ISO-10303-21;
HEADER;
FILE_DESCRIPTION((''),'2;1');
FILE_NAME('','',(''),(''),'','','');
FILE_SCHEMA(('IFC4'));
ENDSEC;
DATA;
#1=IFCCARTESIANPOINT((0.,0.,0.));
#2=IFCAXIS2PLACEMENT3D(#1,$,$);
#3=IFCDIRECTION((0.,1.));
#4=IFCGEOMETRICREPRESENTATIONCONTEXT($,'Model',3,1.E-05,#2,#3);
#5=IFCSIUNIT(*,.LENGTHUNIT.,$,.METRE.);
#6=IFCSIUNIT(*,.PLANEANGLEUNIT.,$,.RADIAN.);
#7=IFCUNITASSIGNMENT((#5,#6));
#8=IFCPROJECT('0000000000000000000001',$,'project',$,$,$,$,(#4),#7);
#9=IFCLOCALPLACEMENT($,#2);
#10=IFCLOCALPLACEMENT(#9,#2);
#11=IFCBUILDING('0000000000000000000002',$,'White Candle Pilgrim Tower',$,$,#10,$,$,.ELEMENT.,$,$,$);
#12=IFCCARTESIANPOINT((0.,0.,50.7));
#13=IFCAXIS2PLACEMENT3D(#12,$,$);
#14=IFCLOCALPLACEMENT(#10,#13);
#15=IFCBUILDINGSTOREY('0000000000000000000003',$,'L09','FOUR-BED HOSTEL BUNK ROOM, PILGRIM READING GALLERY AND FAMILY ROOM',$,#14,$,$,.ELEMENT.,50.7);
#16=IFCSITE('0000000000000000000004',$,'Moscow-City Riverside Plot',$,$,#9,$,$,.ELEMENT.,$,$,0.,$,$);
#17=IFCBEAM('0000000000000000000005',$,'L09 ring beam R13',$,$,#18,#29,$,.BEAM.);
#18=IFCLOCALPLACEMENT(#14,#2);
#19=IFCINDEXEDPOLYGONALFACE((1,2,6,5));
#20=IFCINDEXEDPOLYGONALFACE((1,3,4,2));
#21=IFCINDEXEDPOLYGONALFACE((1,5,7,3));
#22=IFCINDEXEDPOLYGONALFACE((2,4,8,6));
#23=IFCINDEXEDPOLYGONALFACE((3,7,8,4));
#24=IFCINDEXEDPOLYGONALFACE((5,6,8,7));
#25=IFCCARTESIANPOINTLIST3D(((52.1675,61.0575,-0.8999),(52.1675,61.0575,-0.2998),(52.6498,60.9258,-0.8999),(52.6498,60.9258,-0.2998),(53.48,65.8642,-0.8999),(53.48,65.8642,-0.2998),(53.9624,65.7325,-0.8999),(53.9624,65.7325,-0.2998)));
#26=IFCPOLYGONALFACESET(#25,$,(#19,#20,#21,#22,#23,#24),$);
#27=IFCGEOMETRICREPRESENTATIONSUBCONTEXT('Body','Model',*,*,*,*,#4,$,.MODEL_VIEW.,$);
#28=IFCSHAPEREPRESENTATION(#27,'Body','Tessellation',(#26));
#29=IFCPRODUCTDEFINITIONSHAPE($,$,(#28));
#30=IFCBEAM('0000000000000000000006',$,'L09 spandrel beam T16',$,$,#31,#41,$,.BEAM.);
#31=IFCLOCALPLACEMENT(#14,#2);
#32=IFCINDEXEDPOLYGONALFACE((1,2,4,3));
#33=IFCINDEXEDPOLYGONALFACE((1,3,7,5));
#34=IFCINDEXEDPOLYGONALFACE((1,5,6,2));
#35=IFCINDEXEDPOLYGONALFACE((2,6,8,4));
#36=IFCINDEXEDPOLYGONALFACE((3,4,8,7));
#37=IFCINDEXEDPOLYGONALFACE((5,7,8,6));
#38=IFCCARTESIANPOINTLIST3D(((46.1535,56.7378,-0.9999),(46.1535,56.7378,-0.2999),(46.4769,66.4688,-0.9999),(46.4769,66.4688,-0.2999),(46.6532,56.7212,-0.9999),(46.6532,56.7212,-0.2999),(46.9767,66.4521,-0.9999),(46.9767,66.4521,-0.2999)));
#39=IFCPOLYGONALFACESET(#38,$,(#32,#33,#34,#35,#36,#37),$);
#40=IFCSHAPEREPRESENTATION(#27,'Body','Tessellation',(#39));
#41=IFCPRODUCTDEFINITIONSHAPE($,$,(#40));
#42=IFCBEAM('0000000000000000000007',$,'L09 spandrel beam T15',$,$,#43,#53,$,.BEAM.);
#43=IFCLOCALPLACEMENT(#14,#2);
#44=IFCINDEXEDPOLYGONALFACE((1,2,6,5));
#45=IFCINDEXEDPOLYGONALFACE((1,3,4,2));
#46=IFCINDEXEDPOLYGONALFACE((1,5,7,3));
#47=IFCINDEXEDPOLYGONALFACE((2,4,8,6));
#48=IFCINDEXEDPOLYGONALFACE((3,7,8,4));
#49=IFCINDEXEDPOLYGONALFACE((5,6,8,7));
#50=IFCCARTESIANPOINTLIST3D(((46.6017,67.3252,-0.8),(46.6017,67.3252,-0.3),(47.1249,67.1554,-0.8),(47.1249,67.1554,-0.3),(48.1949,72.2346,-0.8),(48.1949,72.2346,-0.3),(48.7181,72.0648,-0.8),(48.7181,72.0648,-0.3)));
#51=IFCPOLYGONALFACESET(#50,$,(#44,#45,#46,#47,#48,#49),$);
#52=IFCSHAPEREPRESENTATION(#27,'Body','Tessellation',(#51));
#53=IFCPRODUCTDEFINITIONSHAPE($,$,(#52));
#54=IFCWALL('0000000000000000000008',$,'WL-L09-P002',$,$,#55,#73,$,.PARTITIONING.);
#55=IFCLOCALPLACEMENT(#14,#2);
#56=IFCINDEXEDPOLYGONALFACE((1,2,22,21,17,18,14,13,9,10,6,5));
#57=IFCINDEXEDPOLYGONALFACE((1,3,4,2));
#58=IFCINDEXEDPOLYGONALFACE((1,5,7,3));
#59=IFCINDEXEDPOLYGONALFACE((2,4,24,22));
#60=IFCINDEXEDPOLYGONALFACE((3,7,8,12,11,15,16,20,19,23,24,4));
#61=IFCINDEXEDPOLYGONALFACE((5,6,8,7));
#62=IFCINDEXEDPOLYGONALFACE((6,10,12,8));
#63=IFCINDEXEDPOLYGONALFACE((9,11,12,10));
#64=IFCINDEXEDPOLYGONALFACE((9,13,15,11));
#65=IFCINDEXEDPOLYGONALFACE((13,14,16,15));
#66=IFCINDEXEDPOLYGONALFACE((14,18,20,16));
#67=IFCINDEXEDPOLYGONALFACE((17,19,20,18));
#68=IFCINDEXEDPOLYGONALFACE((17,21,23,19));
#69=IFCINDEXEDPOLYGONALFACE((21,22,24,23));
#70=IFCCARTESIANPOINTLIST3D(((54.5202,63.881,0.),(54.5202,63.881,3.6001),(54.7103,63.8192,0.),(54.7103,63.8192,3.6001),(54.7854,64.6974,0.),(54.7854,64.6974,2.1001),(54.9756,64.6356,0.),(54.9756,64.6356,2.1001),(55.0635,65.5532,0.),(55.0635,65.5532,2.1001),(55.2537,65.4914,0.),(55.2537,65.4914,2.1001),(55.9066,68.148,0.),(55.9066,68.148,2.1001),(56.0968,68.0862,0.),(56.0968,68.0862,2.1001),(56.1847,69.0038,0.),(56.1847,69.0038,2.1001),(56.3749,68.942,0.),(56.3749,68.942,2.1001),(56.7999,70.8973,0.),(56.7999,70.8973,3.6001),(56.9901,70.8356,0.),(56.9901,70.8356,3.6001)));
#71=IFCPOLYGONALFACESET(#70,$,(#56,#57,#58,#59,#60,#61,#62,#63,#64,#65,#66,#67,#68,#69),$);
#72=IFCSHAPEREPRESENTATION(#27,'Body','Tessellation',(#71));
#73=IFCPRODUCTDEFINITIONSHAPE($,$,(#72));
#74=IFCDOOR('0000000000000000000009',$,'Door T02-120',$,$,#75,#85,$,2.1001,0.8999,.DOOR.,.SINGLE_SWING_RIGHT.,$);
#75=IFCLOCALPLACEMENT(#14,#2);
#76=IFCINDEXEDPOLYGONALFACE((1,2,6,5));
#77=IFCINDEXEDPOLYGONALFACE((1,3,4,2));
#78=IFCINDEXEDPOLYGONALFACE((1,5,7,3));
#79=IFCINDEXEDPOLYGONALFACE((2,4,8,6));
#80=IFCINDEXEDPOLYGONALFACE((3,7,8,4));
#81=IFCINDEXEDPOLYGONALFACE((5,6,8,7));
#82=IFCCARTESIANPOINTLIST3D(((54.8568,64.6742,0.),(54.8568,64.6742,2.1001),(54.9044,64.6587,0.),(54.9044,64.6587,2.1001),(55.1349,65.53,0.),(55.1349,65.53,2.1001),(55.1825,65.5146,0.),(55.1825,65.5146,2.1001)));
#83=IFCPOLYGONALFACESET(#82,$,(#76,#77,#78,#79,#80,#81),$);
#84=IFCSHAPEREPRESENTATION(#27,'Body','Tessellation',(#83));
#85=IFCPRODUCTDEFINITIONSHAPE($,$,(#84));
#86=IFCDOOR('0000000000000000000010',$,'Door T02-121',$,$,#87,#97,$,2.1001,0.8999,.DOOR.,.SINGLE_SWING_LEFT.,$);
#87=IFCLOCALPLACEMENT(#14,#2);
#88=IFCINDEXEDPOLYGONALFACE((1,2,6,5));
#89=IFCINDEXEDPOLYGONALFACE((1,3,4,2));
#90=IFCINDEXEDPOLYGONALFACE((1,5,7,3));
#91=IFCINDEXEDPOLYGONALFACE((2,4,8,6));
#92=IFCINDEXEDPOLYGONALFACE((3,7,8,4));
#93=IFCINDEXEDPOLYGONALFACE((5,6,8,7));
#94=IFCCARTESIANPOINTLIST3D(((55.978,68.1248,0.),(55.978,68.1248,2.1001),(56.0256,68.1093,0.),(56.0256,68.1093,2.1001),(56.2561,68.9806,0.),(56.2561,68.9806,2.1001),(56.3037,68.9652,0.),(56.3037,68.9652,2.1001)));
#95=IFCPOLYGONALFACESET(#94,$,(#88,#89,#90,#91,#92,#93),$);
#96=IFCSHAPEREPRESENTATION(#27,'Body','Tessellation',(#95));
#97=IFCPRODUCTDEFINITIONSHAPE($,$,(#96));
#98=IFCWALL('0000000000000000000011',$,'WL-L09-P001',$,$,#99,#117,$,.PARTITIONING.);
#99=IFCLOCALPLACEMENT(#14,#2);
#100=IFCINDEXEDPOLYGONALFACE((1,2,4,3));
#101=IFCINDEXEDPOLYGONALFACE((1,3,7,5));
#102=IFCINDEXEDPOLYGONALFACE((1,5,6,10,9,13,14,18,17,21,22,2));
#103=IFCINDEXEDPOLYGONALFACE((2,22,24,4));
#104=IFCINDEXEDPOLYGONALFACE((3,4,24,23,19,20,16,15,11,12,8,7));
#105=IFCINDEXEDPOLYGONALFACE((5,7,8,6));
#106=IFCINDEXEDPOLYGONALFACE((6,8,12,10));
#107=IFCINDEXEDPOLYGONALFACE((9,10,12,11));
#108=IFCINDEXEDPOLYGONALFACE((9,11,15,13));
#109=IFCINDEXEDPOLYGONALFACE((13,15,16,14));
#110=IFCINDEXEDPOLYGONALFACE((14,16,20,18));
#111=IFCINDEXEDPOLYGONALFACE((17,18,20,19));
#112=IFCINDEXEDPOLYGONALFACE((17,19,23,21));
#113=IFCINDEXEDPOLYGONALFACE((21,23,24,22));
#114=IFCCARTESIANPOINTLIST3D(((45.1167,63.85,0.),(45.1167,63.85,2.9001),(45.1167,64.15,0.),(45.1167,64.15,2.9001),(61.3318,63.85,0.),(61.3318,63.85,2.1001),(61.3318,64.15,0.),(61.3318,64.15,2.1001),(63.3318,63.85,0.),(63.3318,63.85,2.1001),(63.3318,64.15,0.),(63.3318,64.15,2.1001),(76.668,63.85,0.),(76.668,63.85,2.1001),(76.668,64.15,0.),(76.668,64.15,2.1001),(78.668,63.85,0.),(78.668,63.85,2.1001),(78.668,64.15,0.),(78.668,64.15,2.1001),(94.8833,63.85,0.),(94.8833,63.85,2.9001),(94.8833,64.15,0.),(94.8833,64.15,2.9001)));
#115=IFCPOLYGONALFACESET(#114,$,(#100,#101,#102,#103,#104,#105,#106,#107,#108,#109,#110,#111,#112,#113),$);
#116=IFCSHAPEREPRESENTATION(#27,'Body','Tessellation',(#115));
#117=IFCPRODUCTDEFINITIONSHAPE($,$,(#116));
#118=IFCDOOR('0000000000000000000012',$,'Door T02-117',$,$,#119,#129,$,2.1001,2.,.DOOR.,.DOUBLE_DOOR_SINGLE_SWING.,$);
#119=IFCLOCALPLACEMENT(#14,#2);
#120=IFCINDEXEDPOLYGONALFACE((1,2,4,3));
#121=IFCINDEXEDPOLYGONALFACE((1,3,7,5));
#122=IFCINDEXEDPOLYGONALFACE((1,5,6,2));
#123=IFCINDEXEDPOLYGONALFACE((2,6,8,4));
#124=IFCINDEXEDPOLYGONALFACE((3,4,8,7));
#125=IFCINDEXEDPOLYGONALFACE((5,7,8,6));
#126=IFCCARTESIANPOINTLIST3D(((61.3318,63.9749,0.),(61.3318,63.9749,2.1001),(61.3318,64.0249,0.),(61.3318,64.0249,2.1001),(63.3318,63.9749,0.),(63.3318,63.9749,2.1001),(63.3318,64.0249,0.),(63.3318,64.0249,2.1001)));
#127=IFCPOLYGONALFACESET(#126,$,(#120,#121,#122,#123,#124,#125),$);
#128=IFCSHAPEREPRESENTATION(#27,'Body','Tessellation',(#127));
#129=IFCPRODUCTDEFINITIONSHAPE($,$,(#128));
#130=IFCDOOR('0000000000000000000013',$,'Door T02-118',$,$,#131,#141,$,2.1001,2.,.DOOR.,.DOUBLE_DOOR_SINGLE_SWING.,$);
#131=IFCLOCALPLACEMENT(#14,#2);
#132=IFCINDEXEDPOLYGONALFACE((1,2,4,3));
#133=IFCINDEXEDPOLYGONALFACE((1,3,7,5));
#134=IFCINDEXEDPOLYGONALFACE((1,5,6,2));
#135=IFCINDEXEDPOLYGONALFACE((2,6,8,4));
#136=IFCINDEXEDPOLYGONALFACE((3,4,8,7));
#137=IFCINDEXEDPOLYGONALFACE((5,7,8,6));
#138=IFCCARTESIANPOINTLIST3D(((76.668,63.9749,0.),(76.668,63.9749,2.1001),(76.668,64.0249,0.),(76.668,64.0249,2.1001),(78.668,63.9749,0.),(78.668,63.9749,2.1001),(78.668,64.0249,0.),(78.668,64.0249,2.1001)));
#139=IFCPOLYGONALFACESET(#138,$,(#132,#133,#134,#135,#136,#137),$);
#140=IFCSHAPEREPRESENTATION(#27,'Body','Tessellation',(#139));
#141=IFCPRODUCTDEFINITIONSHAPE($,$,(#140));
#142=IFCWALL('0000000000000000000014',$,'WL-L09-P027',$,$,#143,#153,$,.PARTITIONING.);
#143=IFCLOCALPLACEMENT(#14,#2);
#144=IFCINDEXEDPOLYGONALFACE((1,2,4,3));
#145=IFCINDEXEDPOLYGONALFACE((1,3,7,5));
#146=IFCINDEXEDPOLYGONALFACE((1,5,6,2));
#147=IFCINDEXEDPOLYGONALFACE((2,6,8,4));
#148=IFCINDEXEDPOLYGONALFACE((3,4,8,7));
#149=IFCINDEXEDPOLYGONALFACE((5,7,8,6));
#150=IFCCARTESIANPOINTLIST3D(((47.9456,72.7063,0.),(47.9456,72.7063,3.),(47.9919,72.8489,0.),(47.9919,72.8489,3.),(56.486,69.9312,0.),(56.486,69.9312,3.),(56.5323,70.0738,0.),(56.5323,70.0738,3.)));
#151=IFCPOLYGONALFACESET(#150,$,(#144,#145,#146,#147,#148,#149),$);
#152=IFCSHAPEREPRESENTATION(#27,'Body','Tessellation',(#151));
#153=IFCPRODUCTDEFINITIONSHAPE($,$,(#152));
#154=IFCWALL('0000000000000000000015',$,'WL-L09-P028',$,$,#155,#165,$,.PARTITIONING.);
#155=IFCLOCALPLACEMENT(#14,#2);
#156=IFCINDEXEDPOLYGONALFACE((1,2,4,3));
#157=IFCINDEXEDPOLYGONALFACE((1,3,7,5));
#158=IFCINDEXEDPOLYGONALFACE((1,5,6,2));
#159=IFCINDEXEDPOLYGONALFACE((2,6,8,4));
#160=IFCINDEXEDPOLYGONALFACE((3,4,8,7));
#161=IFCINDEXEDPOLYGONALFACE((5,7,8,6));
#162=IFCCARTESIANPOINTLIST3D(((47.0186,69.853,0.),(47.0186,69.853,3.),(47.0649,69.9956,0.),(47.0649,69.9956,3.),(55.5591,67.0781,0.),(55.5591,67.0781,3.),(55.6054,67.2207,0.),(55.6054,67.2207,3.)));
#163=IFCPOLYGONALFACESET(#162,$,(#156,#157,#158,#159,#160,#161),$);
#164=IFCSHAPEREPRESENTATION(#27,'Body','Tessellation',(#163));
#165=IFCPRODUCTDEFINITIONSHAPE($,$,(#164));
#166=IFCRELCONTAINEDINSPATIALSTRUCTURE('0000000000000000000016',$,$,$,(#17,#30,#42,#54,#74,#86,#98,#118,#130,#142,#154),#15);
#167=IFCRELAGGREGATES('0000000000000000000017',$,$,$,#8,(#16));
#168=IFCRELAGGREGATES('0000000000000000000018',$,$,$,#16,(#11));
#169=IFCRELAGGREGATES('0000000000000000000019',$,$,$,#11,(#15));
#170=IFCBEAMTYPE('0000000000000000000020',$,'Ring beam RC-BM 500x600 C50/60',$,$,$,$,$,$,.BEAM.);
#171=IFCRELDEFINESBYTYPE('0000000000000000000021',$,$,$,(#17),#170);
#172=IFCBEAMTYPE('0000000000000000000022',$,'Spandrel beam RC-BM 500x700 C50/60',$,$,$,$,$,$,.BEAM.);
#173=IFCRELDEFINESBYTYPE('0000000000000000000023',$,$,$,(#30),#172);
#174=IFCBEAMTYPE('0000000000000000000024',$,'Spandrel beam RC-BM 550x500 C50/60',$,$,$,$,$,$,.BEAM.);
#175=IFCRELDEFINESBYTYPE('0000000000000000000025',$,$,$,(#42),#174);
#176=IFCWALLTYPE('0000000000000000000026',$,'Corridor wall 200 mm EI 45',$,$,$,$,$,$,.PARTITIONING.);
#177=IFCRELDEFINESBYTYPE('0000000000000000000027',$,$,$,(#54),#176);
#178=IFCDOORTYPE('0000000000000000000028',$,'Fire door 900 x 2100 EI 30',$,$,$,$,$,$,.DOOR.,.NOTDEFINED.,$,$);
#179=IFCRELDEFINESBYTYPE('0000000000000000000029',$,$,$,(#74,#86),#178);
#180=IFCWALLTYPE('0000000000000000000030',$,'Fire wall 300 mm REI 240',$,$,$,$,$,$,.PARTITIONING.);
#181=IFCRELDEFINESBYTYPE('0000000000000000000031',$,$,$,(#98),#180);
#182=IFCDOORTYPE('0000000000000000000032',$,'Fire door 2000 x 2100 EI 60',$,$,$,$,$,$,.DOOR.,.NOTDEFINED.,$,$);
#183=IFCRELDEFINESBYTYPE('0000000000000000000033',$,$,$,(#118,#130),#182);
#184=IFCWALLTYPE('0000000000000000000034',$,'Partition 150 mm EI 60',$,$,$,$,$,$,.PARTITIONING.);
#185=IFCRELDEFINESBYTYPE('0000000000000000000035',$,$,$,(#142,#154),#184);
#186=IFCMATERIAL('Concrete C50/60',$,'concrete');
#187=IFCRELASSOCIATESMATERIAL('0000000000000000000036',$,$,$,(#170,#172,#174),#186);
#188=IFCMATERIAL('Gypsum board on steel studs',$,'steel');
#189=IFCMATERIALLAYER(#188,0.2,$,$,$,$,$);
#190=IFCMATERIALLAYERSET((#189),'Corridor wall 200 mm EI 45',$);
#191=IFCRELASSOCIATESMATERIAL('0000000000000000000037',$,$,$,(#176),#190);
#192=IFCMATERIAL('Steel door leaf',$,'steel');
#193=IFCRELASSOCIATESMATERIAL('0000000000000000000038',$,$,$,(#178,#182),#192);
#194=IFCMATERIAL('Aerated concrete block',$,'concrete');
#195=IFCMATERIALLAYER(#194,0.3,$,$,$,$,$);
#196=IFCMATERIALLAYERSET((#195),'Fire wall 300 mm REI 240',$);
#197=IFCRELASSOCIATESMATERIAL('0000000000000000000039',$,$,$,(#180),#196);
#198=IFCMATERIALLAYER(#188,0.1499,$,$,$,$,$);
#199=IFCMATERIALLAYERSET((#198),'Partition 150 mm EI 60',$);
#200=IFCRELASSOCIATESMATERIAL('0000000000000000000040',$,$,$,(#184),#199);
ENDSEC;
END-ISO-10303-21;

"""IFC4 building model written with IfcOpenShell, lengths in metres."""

from ifc_helpers import new_model, si_unit, direction, frame, frame_2d, origin, origin_2d, place, context, subcontext, project, spatial, rectangle, extrude, material, layer, layer_set, material_profile, profile_set, type_object, element, fill, save


model = new_model("IFC4")

# Units and contexts
model_context = context("Model", 3, precision=1e-05, world=origin(), true_north=direction((0.0, 1.0)))
body_context = subcontext(model_context, "Body", "Model", "MODEL_VIEW")
ifc_project = project(units=[si_unit("LENGTHUNIT", "METRE"), si_unit("PLANEANGLEUNIT", "RADIAN")], contexts=[model_context])

# Site, building, storey
site_placement = place(None, origin())
site = spatial("IfcSite", under=ifc_project, at=site_placement, Name="Moscow-City Riverside Plot", CompositionType="ELEMENT", RefElevation=0.0)
building_placement = place(site_placement, origin())
building = spatial("IfcBuilding", under=site, at=building_placement, Name="White Candle Pilgrim Tower", CompositionType="ELEMENT")
storey_placement = place(building_placement, frame((0.0, 0.0, 50.7)))
storey = spatial("IfcBuildingStorey", under=building, at=storey_placement, Name="L09", Description="FOUR-BED HOSTEL BUNK ROOM, PILGRIM READING GALLERY AND FAMILY ROOM", CompositionType="ELEMENT", Elevation=50.7)

# Beams
ifc_material_1 = material(Name="Concrete C50/60", Category="concrete")
ifc_material_profile_1 = material_profile(ifc_material_1, rectangle(XDim=0.5, YDim=0.6001, at=origin_2d()), Name="RC-BM 500x600")
ifc_profile_set_1 = profile_set([ifc_material_profile_1], Name="Concrete C50/60")
beam_type_1 = type_object("IfcBeamType", Name="Ring beam RC-BM 500x600 C50/60", PredefinedType="BEAM", material=ifc_profile_set_1)
beam_1_placement = place(storey_placement, frame((53.7212, 65.7983, -0.5999), z_axis=(-0.263416, -0.964682, 0.0), x_axis=(0.964682, -0.263416, 0.0)))
element("IfcBeam", 1, at=beam_1_placement, inside=storey, type_object=beam_type_1, Name="L09 ring beam R13", PredefinedType="BEAM", context=body_context, shape_type="SweptSolid", body=[
    extrude(rectangle(XDim=0.5, YDim=0.6001, at=origin_2d()), origin(), (0.0, 0.0, 1.0), 4.9827),
])
ifc_material_profile_2 = material_profile(ifc_material_1, rectangle(XDim=0.5, YDim=0.7, at=origin_2d()), Name="RC-BM 500x700")
ifc_profile_set_2 = profile_set([ifc_material_profile_2], Name="Concrete C50/60")
beam_type_2 = type_object("IfcBeamType", Name="Spandrel beam RC-BM 500x700 C50/60", PredefinedType="BEAM", material=ifc_profile_set_2)
beam_2_placement = place(storey_placement, frame((46.7268, 66.4604, -0.6499), z_axis=(-0.033225, -0.999448, 0.0), x_axis=(0.999448, -0.033225, 0.0)))
element("IfcBeam", 2, at=beam_2_placement, inside=storey, type_object=beam_type_2, Name="L09 spandrel beam T16", PredefinedType="BEAM", context=body_context, shape_type="SweptSolid", body=[
    extrude(rectangle(XDim=0.5, YDim=0.7, at=origin_2d()), origin(), (0.0, 0.0, 1.0), 9.7363),
])
ifc_material_profile_3 = material_profile(ifc_material_1, rectangle(XDim=0.55, YDim=0.5, at=origin_2d()), Name="RC-BM 550x500")
ifc_profile_set_3 = profile_set([ifc_material_profile_3], Name="Concrete C50/60")
beam_type_3 = type_object("IfcBeamType", Name="Spandrel beam RC-BM 550x500 C50/60", PredefinedType="BEAM", material=ifc_profile_set_3)
beam_3_placement = place(storey_placement, frame((48.4565, 72.1497, -0.55), z_axis=(-0.308683, -0.951165, 0.0), x_axis=(0.951165, -0.308683, 0.0)))
element("IfcBeam", 3, at=beam_3_placement, inside=storey, type_object=beam_type_3, Name="L09 spandrel beam T15", PredefinedType="BEAM", context=body_context, shape_type="SweptSolid", body=[
    extrude(rectangle(XDim=0.55, YDim=0.5, at=origin_2d()), origin(), (0.0, 0.0, 1.0), 5.1614),
])

# Walls, openings, doors
ifc_material_2 = material(Name="Gypsum board on steel studs", Category="steel")
ifc_layer_1 = layer(ifc_material_2, 0.2)
ifc_layer_set_1 = layer_set([ifc_layer_1], Name="Corridor wall 200 mm EI 45")
wall_type_1 = type_object("IfcWallType", Name="Corridor wall 200 mm EI 45", PredefinedType="PARTITIONING", material=ifc_layer_set_1)
wall_1_placement = place(storey_placement, frame((54.6152, 63.8501, 0.0), z_axis=(0.0, 0.0, 1.0), x_axis=(0.309021, 0.951055, 0.0)))
wall_1 = element("IfcWall", 4, at=wall_1_placement, inside=storey, type_object=wall_type_1, Name="WL-L09-P002", PredefinedType="PARTITIONING", context=body_context, shape_type="SweptSolid", body=[
    extrude(rectangle(XDim=7.3774, YDim=0.2, at=frame_2d((3.6887, 0.0))), origin(), (0.0, 0.0, 1.0), 3.6001),
])
opening_1_placement = place(wall_1_placement, frame((0.8584, 0.0, 0.0)))
opening_1 = element("IfcOpeningElement", 5, at=opening_1_placement, cuts=wall_1, PredefinedType="OPENING", context=body_context, shape_type="SweptSolid", body=[
    extrude(rectangle(XDim=0.8999, YDim=2.1001, at=frame_2d((0.45, 1.05))), frame((0.0, 0.1099, 0.0), z_axis=(0.0, -1.0, 0.0), x_axis=(1.0, 0.0, 0.0)), (0.0, 0.0, 1.0), 0.22),
])
opening_2_placement = place(wall_1_placement, frame((4.4866, 0.0, 0.0)))
opening_2 = element("IfcOpeningElement", 6, at=opening_2_placement, cuts=wall_1, PredefinedType="OPENING", context=body_context, shape_type="SweptSolid", body=[
    extrude(rectangle(XDim=0.8999, YDim=2.1001, at=frame_2d((0.45, 1.05))), frame((0.0, 0.1099, 0.0), z_axis=(0.0, -1.0, 0.0), x_axis=(1.0, 0.0, 0.0)), (0.0, 0.0, 1.0), 0.22),
])
ifc_material_3 = material(Name="Steel door leaf", Category="steel")
door_type_1 = type_object("IfcDoorType", Name="Fire door 900 x 2100 EI 30", OperationType="NOTDEFINED", PredefinedType="DOOR", material=ifc_material_3)
door_1_placement = place(opening_1_placement, origin())
door_1 = element("IfcDoor", 7, at=door_1_placement, inside=storey, type_object=door_type_1, Name="Door T02-120", OperationType="SINGLE_SWING_RIGHT", OverallHeight=2.1001, OverallWidth=0.8999, PredefinedType="DOOR", context=body_context, shape_type="SweptSolid", body=[
    extrude(rectangle(XDim=0.8999, YDim=2.1001, at=frame_2d((0.45, 1.05))), frame((0.0, 0.0249, 0.0), z_axis=(0.0, -1.0, 0.0), x_axis=(1.0, 0.0, 0.0)), (0.0, 0.0, 1.0), 0.05),
])
fill(opening_1, door_1)
door_2_placement = place(opening_2_placement, origin())
door_2 = element("IfcDoor", 8, at=door_2_placement, inside=storey, type_object=door_type_1, Name="Door T02-121", OperationType="SINGLE_SWING_LEFT", OverallHeight=2.1001, OverallWidth=0.8999, PredefinedType="DOOR", context=body_context, shape_type="SweptSolid", body=[
    extrude(rectangle(XDim=0.8999, YDim=2.1001, at=frame_2d((0.45, 1.05))), frame((0.0, 0.0249, 0.0), z_axis=(0.0, -1.0, 0.0), x_axis=(1.0, 0.0, 0.0)), (0.0, 0.0, 1.0), 0.05),
])
fill(opening_2, door_2)
ifc_material_4 = material(Name="Aerated concrete block", Category="concrete")
ifc_layer_2 = layer(ifc_material_4, 0.3)
ifc_layer_set_2 = layer_set([ifc_layer_2], Name="Fire wall 300 mm REI 240")
wall_type_2 = type_object("IfcWallType", Name="Fire wall 300 mm REI 240", PredefinedType="PARTITIONING", material=ifc_layer_set_2)
wall_2_placement = place(storey_placement, frame((45.1167, 64.0, 0.0), z_axis=(0.0, 0.0, 1.0), x_axis=(1.0, 0.0, 0.0)))
wall_2 = element("IfcWall", 9, at=wall_2_placement, inside=storey, type_object=wall_type_2, Name="WL-L09-P001", PredefinedType="PARTITIONING", context=body_context, shape_type="SweptSolid", body=[
    extrude(rectangle(XDim=49.7666, YDim=0.3, at=frame_2d((24.8833, 0.0))), origin(), (0.0, 0.0, 1.0), 2.9001),
])
opening_3_placement = place(wall_2_placement, frame((16.2151, 0.0, 0.0)))
opening_3 = element("IfcOpeningElement", 10, at=opening_3_placement, cuts=wall_2, PredefinedType="OPENING", context=body_context, shape_type="SweptSolid", body=[
    extrude(rectangle(XDim=2.0, YDim=2.1001, at=frame_2d((1.0, 1.05))), frame((0.0, 0.1599, 0.0), z_axis=(0.0, -1.0, 0.0), x_axis=(1.0, 0.0, 0.0)), (0.0, 0.0, 1.0), 0.3201),
])
opening_4_placement = place(wall_2_placement, frame((31.5513, 0.0, 0.0)))
opening_4 = element("IfcOpeningElement", 11, at=opening_4_placement, cuts=wall_2, PredefinedType="OPENING", context=body_context, shape_type="SweptSolid", body=[
    extrude(rectangle(XDim=2.0, YDim=2.1001, at=frame_2d((1.0, 1.05))), frame((0.0, 0.1599, 0.0), z_axis=(0.0, -1.0, 0.0), x_axis=(1.0, 0.0, 0.0)), (0.0, 0.0, 1.0), 0.3201),
])
door_type_2 = type_object("IfcDoorType", Name="Fire door 2000 x 2100 EI 60", OperationType="NOTDEFINED", PredefinedType="DOOR", material=ifc_material_3)
door_3_placement = place(opening_3_placement, origin())
door_3 = element("IfcDoor", 12, at=door_3_placement, inside=storey, type_object=door_type_2, Name="Door T02-117", OperationType="DOUBLE_DOOR_SINGLE_SWING", OverallHeight=2.1001, OverallWidth=2.0, PredefinedType="DOOR", context=body_context, shape_type="SweptSolid", body=[
    extrude(rectangle(XDim=2.0, YDim=2.1001, at=frame_2d((1.0, 1.05))), frame((0.0, 0.0249, 0.0), z_axis=(0.0, -1.0, 0.0), x_axis=(1.0, 0.0, 0.0)), (0.0, 0.0, 1.0), 0.05),
])
fill(opening_3, door_3)
door_4_placement = place(opening_4_placement, origin())
door_4 = element("IfcDoor", 13, at=door_4_placement, inside=storey, type_object=door_type_2, Name="Door T02-118", OperationType="DOUBLE_DOOR_SINGLE_SWING", OverallHeight=2.1001, OverallWidth=2.0, PredefinedType="DOOR", context=body_context, shape_type="SweptSolid", body=[
    extrude(rectangle(XDim=2.0, YDim=2.1001, at=frame_2d((1.0, 1.05))), frame((0.0, 0.0249, 0.0), z_axis=(0.0, -1.0, 0.0), x_axis=(1.0, 0.0, 0.0)), (0.0, 0.0, 1.0), 0.05),
])
fill(opening_4, door_4)

# Walls
ifc_layer_3 = layer(ifc_material_2, 0.1499)
ifc_layer_set_3 = layer_set([ifc_layer_3], Name="Partition 150 mm EI 60")
wall_type_3 = type_object("IfcWallType", Name="Partition 150 mm EI 60", PredefinedType="PARTITIONING", material=ifc_layer_set_3)
for number, where, z_axis, x_axis, name in (
    (14, (47.9688, 72.7776, 0.0), (0.0, 0.0, 1.0), (0.951051, -0.309033, 0.0), "WL-L09-P027"),
    (15, (47.0417, 69.9243, 0.0), (0.0, 0.0, 1.0), (0.951059, -0.309009, 0.0), "WL-L09-P028"),
):
    element("IfcWall", number, at=place(storey_placement, frame(where, z_axis=z_axis, x_axis=x_axis)), inside=storey, type_object=wall_type_3, Name=name, PredefinedType="PARTITIONING", context=body_context, shape_type="SweptSolid", body=[
        extrude(rectangle(XDim=8.98, YDim=0.1499, at=frame_2d((4.49, 0.0))), origin(), (0.0, 0.0, 1.0), 3.0),
    ])

save(model, "model.ifc")
